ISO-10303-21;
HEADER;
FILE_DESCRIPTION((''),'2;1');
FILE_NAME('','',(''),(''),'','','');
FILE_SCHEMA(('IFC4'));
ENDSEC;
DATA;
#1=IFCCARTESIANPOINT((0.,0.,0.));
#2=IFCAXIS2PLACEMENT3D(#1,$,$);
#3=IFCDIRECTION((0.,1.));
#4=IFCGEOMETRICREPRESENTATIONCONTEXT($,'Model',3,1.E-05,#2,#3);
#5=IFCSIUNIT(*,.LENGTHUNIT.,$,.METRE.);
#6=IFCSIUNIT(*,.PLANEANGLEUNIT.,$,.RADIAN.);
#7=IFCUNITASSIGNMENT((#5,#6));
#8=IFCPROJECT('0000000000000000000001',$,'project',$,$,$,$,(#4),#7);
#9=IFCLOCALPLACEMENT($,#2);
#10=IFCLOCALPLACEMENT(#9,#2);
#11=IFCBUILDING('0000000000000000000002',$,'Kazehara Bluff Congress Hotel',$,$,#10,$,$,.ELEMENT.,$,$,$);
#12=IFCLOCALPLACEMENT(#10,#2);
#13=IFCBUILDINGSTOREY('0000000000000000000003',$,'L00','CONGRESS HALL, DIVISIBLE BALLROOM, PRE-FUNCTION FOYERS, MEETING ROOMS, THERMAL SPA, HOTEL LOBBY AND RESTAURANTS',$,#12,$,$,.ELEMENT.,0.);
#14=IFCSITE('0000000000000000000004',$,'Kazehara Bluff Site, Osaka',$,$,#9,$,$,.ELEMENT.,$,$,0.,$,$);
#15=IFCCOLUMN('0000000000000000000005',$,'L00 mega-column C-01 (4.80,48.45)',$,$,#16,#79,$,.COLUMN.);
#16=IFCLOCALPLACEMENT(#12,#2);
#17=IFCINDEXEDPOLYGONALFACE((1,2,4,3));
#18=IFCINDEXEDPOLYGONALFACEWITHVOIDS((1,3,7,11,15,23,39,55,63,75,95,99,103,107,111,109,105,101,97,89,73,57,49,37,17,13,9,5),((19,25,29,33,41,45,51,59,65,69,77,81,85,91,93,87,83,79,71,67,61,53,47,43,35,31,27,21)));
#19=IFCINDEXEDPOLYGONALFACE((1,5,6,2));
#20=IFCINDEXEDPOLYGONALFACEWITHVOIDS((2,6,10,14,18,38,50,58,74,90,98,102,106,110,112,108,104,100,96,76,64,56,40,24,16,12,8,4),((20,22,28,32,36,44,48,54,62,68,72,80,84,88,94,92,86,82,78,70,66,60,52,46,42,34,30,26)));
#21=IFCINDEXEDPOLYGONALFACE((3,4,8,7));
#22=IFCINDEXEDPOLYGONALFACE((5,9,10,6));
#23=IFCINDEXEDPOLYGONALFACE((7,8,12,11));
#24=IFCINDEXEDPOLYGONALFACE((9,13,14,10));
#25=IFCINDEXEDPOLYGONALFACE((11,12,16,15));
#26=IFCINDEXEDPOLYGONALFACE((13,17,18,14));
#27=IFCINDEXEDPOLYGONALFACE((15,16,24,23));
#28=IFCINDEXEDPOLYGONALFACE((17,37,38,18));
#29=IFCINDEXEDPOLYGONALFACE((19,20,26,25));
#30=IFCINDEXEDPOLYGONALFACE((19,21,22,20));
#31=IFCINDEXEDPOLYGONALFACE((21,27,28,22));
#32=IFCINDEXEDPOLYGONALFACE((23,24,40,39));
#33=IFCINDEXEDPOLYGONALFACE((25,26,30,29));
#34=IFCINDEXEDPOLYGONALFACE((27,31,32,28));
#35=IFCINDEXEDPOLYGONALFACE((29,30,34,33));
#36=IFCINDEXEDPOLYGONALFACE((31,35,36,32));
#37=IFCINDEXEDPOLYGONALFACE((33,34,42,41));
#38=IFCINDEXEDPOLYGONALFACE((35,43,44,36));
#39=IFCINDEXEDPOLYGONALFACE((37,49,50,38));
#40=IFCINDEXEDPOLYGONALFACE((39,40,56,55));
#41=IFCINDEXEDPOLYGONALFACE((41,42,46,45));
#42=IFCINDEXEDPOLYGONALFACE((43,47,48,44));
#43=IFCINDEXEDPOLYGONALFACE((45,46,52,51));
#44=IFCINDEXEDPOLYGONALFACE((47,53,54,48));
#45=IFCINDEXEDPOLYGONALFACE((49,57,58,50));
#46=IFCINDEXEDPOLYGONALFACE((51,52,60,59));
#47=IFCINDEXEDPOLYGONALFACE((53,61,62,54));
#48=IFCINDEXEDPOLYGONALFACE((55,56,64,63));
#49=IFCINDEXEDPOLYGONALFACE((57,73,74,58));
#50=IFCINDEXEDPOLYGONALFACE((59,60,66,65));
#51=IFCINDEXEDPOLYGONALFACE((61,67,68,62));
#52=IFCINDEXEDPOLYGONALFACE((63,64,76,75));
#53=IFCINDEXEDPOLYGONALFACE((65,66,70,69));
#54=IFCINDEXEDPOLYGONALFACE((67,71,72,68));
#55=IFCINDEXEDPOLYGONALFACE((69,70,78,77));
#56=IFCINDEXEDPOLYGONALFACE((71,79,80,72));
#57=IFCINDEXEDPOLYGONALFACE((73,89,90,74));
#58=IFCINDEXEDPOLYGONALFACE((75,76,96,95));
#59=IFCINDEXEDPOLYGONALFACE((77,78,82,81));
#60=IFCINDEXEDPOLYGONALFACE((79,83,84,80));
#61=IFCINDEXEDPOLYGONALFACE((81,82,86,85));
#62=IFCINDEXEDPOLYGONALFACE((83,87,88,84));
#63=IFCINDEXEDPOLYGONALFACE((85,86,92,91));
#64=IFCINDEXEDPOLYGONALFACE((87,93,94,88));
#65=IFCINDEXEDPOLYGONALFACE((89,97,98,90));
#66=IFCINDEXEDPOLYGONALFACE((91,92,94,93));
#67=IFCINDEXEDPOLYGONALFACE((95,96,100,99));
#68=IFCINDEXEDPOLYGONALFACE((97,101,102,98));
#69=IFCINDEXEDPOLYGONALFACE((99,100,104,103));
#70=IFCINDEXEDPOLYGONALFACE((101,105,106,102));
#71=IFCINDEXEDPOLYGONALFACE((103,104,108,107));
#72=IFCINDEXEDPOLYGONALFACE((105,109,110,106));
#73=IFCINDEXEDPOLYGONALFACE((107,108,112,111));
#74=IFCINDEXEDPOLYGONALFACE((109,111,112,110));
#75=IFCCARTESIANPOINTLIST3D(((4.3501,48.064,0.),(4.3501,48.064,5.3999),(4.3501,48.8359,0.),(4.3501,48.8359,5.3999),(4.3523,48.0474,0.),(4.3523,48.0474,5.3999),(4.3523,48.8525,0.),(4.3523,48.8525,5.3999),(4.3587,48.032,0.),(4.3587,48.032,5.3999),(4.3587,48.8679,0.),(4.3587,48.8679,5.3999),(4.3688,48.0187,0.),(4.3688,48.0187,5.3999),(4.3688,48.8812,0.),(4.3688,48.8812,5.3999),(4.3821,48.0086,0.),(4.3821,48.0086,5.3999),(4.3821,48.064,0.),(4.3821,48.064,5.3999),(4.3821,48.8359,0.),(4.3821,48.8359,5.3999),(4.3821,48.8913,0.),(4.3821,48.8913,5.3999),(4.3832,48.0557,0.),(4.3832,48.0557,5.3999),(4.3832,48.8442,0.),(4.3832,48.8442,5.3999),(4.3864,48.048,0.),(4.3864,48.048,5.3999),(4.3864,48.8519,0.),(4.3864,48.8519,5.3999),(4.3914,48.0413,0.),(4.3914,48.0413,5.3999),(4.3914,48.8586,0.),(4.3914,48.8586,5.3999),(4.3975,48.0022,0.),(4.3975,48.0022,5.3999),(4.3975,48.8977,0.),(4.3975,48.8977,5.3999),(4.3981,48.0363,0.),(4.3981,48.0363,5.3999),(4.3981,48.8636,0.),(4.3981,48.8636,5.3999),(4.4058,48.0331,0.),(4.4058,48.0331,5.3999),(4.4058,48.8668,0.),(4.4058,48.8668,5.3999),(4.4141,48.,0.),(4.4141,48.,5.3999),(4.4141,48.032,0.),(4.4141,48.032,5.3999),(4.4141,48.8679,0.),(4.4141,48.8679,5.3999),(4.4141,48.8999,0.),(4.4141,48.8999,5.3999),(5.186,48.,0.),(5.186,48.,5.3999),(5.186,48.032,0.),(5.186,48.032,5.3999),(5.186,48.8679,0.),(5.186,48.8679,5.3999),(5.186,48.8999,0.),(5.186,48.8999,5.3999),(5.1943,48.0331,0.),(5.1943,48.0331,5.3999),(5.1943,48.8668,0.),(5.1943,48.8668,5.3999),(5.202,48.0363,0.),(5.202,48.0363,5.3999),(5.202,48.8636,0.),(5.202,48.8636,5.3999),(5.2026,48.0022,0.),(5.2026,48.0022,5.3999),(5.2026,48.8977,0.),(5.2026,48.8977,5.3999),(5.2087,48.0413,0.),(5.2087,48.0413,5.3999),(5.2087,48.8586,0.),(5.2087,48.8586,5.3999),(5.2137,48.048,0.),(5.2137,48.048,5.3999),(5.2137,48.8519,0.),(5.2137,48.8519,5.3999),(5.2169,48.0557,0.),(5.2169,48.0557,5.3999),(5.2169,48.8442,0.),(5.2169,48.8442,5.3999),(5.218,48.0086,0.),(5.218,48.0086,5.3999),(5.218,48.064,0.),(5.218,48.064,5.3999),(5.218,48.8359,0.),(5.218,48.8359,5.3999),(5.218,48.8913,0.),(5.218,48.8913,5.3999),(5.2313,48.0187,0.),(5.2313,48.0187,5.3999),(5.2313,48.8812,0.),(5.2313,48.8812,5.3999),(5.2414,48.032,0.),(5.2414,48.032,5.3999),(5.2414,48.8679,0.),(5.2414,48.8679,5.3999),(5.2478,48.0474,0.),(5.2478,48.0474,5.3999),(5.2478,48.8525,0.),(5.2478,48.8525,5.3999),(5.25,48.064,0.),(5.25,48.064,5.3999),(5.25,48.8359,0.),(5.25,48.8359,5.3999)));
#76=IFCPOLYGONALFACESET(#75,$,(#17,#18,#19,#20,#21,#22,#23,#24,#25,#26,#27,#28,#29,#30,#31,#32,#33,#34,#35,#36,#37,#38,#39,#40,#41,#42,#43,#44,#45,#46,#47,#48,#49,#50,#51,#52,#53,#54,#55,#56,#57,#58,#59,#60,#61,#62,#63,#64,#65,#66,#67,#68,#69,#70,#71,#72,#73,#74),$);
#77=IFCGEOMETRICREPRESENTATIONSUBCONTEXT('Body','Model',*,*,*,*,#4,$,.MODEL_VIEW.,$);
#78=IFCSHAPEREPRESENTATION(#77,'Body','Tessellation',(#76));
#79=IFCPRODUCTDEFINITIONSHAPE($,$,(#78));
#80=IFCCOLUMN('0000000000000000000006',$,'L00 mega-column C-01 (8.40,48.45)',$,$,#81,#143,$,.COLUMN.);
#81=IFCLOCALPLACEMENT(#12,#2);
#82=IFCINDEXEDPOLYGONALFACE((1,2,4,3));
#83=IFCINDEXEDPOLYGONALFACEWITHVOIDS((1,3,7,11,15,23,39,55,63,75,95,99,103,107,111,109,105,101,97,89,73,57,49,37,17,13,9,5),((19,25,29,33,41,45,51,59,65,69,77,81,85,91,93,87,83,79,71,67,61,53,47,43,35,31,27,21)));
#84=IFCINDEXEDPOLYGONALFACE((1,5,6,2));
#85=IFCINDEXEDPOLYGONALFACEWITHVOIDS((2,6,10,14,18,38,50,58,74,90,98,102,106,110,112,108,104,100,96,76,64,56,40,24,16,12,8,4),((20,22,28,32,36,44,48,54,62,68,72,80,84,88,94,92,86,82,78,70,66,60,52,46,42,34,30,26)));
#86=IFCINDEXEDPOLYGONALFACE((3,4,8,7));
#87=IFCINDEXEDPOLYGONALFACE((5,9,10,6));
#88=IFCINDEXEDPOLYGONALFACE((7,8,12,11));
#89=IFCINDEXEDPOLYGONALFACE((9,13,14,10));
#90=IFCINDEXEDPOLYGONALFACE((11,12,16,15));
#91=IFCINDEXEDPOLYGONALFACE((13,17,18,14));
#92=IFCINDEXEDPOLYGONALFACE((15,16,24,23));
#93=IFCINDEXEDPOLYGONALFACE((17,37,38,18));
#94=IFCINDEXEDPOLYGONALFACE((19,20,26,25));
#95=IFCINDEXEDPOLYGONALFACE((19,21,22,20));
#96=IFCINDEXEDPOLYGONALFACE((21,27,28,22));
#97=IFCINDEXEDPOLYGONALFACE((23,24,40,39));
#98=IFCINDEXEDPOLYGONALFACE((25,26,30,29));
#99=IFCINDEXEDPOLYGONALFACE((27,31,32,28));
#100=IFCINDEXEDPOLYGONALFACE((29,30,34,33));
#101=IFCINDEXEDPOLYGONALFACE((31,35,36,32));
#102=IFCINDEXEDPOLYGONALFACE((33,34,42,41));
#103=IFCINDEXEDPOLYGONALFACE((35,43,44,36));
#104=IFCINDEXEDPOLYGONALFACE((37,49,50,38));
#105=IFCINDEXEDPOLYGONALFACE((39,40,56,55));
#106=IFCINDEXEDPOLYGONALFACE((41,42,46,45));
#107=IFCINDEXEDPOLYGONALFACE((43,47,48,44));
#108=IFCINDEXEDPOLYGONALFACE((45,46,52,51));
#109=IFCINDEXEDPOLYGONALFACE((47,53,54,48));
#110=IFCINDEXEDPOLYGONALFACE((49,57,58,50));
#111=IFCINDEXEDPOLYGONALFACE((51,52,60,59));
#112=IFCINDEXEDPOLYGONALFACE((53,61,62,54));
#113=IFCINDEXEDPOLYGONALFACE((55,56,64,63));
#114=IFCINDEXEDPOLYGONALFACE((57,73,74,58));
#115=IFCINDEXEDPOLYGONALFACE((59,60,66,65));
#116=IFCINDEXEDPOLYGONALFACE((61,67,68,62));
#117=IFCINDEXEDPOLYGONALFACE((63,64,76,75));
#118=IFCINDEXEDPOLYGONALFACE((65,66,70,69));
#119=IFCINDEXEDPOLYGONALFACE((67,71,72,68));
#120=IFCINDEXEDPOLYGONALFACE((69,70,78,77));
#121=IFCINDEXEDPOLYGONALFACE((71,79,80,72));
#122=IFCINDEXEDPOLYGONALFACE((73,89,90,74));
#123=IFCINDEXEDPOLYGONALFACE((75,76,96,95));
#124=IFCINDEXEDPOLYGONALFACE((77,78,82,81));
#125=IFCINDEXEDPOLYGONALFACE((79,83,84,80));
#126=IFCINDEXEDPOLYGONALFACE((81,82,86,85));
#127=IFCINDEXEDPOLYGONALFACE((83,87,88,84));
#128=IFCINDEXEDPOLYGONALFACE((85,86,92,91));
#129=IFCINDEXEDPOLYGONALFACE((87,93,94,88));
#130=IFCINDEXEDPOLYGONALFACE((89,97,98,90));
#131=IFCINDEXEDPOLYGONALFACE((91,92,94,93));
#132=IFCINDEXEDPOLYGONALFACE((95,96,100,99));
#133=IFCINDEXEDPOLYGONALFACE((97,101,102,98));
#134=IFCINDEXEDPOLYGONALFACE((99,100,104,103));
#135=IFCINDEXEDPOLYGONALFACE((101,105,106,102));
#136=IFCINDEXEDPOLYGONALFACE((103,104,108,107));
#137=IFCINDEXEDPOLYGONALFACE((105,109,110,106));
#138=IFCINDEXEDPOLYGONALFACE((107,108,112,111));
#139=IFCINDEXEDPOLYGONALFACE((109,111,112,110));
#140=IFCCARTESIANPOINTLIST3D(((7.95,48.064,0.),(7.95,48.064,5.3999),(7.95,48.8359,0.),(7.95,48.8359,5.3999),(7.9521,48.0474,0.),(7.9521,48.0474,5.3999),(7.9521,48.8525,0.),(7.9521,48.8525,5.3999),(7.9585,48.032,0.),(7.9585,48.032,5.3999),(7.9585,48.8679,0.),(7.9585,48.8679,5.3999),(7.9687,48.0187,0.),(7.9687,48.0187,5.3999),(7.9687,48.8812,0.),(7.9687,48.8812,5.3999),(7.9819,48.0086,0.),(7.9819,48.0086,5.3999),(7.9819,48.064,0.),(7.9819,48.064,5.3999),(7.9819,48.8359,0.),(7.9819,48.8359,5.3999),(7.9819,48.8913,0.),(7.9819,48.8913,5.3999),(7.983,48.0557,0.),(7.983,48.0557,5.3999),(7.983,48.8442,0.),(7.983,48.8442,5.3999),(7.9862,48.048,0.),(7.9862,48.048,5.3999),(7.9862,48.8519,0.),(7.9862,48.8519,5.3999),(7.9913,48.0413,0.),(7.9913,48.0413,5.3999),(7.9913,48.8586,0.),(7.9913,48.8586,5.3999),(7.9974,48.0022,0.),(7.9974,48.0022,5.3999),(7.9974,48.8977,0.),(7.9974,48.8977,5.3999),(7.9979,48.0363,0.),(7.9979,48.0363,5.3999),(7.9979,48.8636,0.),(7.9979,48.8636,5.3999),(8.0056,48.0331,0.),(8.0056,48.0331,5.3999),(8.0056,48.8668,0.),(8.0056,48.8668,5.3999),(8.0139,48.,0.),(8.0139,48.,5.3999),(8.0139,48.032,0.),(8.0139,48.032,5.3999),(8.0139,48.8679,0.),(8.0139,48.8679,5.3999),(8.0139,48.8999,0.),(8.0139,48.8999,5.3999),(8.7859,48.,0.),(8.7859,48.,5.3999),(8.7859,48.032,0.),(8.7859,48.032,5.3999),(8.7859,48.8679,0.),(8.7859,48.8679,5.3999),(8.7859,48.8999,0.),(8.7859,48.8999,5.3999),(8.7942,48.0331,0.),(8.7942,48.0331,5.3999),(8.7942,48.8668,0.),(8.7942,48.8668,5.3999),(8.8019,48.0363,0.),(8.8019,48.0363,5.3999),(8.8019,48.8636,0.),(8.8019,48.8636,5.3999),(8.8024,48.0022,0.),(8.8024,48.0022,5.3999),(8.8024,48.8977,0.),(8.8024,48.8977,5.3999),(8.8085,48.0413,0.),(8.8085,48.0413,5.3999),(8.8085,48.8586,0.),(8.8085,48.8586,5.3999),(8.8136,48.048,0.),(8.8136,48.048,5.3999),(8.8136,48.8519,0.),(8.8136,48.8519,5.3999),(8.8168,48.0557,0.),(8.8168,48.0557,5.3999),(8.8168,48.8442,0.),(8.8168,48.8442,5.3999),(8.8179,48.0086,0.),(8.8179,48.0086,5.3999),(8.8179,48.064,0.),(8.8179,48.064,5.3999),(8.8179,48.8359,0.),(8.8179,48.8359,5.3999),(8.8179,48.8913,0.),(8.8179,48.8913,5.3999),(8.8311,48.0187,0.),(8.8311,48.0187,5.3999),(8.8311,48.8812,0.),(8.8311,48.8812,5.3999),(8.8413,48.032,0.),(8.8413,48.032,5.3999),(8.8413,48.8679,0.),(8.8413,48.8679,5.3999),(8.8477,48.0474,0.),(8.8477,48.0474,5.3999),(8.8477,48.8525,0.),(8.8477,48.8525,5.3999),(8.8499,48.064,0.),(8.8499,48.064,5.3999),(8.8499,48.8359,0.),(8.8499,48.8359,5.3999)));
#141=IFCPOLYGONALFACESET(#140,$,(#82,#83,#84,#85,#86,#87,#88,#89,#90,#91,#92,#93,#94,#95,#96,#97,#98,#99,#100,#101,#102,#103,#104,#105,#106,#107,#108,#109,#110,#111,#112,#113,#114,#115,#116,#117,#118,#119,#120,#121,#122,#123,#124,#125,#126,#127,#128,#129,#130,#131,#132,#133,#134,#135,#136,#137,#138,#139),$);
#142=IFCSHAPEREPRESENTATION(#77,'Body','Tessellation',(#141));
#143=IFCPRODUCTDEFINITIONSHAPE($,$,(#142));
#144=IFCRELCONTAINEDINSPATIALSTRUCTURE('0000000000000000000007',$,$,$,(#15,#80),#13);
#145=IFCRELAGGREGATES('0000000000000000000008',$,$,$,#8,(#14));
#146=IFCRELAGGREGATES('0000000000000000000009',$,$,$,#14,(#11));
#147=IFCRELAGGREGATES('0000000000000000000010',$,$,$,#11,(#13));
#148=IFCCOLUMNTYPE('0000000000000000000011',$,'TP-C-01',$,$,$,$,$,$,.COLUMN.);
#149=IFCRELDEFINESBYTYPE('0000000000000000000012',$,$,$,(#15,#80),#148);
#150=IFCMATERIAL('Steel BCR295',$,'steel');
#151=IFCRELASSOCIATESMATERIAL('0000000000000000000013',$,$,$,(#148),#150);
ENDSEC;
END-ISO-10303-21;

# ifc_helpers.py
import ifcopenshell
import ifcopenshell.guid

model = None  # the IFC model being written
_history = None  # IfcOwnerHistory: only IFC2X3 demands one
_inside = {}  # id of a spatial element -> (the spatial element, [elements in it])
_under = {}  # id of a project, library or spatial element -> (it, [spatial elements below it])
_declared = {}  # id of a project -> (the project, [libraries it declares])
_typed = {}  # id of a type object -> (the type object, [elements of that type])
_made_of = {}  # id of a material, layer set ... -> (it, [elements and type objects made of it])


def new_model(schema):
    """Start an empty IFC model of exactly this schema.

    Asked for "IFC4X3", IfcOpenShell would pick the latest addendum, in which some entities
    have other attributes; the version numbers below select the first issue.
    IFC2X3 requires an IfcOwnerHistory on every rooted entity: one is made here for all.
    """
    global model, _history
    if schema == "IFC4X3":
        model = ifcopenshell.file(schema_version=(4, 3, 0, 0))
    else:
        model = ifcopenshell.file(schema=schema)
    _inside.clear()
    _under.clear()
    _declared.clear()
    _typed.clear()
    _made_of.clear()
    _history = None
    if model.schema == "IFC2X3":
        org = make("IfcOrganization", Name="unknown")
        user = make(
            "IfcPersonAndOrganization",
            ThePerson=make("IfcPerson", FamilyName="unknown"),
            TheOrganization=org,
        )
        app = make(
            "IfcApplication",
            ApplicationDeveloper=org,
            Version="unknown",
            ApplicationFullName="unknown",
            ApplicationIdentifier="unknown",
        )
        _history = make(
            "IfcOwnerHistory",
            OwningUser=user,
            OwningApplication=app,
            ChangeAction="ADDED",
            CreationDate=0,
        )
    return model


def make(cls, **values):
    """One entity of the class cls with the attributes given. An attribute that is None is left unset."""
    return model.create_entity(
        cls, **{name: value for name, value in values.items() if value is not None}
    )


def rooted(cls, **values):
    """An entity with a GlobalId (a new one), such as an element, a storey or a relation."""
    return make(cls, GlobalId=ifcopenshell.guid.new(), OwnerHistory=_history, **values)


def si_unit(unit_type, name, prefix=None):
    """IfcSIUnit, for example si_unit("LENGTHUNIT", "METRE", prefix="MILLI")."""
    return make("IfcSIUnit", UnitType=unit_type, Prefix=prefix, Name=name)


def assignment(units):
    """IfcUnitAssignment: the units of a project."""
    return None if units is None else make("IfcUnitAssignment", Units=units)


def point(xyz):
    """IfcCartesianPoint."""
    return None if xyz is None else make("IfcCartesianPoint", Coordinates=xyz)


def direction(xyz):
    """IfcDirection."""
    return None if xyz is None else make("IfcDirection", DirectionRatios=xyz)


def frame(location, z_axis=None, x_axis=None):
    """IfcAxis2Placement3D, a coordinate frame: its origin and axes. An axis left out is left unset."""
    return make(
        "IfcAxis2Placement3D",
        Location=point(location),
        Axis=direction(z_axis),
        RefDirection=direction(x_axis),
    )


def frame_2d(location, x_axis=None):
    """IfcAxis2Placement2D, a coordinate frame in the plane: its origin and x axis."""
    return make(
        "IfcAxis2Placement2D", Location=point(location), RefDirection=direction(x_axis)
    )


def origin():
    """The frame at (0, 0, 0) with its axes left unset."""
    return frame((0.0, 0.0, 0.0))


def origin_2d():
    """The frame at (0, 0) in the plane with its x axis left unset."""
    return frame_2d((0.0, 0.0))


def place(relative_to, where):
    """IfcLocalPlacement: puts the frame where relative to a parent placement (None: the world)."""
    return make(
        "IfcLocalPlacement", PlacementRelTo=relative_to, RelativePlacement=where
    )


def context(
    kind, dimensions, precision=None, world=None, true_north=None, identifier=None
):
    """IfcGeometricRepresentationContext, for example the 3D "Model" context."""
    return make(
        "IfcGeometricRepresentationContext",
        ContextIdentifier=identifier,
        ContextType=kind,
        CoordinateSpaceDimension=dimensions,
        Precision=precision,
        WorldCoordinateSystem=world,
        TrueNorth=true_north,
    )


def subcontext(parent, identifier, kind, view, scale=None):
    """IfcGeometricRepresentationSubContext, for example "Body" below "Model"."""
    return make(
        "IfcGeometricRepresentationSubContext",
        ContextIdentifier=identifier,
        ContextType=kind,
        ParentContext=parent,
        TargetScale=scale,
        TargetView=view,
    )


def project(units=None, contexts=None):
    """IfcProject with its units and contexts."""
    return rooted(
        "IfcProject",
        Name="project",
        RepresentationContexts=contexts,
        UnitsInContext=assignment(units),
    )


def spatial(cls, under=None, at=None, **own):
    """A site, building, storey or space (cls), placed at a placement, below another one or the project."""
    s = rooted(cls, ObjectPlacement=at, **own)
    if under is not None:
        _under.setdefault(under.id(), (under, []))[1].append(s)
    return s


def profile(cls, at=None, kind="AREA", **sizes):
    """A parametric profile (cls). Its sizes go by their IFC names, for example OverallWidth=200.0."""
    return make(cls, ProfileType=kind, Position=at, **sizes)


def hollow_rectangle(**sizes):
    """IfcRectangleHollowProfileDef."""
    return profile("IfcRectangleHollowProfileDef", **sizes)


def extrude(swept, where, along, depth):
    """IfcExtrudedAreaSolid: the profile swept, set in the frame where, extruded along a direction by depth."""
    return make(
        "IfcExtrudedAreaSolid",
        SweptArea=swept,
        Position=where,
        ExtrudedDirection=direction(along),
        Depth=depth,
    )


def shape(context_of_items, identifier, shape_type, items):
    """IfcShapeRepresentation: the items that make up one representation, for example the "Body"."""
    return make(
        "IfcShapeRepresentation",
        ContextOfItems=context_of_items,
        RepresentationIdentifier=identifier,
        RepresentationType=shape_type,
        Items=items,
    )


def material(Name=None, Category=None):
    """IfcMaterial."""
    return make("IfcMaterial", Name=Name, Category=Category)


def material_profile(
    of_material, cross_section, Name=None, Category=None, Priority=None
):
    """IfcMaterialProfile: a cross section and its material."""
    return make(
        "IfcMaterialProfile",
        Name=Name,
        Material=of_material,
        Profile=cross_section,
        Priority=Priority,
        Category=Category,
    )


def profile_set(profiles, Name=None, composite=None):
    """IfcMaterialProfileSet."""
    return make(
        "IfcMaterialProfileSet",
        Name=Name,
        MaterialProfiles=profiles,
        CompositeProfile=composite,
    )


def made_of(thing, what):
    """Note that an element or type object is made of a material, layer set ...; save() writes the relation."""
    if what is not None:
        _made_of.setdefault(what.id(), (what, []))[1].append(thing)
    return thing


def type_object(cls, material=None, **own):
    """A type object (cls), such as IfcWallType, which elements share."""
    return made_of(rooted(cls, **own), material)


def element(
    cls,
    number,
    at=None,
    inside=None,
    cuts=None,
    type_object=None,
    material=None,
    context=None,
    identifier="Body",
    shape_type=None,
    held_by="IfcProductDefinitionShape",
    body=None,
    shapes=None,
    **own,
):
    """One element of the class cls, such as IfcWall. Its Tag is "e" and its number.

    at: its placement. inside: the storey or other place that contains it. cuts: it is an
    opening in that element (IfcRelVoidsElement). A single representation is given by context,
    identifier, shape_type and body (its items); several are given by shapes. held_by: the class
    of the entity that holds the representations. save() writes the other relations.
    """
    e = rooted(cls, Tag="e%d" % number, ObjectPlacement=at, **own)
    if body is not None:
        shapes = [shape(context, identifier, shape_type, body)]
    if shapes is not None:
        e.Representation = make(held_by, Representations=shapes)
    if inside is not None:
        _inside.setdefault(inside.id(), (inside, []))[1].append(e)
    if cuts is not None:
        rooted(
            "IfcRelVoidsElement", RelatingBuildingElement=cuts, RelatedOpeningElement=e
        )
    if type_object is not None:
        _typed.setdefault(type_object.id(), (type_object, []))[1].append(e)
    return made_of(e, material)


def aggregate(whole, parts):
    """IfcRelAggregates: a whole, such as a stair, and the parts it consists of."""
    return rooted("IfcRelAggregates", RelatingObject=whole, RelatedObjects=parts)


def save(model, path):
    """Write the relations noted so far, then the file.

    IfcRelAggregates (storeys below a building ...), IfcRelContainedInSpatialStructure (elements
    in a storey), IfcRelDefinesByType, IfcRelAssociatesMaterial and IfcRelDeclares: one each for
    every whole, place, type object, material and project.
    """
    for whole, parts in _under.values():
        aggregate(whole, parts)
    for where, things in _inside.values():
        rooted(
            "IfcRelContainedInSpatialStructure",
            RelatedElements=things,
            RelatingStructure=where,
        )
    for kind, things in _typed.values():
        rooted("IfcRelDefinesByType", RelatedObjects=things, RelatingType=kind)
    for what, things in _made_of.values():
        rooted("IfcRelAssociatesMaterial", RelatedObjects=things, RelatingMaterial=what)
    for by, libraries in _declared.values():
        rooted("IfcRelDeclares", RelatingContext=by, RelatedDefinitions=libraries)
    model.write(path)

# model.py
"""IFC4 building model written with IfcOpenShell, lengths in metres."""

from ifc_helpers import new_model, si_unit, direction, frame, origin, origin_2d, place, context, subcontext, project, spatial, hollow_rectangle, extrude, material, material_profile, profile_set, type_object, element, save


model = new_model("IFC4")

# Units and contexts
model_context = context("Model", 3, precision=1e-05, world=origin(), true_north=direction((0.0, 1.0)))
body_context = subcontext(model_context, "Body", "Model", "MODEL_VIEW")
ifc_project = project(units=[si_unit("LENGTHUNIT", "METRE"), si_unit("PLANEANGLEUNIT", "RADIAN")], contexts=[model_context])

# Site, building, storey
site_placement = place(None, origin())
site = spatial("IfcSite", under=ifc_project, at=site_placement, Name="Kazehara Bluff Site, Osaka", CompositionType="ELEMENT", RefElevation=0.0)
building_placement = place(site_placement, origin())
building = spatial("IfcBuilding", under=site, at=building_placement, Name="Kazehara Bluff Congress Hotel", CompositionType="ELEMENT")
storey_placement = place(building_placement, origin())
storey = spatial("IfcBuildingStorey", under=building, at=storey_placement, Name="L00", Description="CONGRESS HALL, DIVISIBLE BALLROOM, PRE-FUNCTION FOYERS, MEETING ROOMS, THERMAL SPA, HOTEL LOBBY AND RESTAURANTS", CompositionType="ELEMENT", Elevation=0.0)

# Columns
ifc_material_1 = material(Name="Steel BCR295", Category="steel")
ifc_material_profile_1 = material_profile(ifc_material_1, hollow_rectangle(XDim=0.8999, YDim=0.8999, WallThickness=0.032, InnerFilletRadius=0.032, OuterFilletRadius=0.064, at=origin_2d()))
ifc_profile_set_1 = profile_set([ifc_material_profile_1], Name="Steel BCR295")
column_type_1 = type_object("IfcColumnType", Name="TP-C-01", PredefinedType="COLUMN", material=ifc_profile_set_1)
for number, where, z_axis, x_axis, name in (
    (1, (4.8, 48.45, 0.0), (0.0, 0.0, 1.0), (1.0, 0.0, 0.0), "L00 mega-column C-01 (4.80,48.45)"),
    (2, (8.3999, 48.45, 0.0), (0.0, 0.0, 1.0), (1.0, 0.0, 0.0), "L00 mega-column C-01 (8.40,48.45)"),
):
    element("IfcColumn", number, at=place(storey_placement, frame(where, z_axis=z_axis, x_axis=x_axis)), inside=storey, type_object=column_type_1, Name=name, PredefinedType="COLUMN", context=body_context, shape_type="SweptSolid", body=[
        extrude(hollow_rectangle(XDim=0.8999, YDim=0.8999, WallThickness=0.032, InnerFilletRadius=0.032, OuterFilletRadius=0.064, at=origin_2d()), origin(), (0.0, 0.0, 1.0), 5.3999),
    ])

save(model, "model.ifc")
